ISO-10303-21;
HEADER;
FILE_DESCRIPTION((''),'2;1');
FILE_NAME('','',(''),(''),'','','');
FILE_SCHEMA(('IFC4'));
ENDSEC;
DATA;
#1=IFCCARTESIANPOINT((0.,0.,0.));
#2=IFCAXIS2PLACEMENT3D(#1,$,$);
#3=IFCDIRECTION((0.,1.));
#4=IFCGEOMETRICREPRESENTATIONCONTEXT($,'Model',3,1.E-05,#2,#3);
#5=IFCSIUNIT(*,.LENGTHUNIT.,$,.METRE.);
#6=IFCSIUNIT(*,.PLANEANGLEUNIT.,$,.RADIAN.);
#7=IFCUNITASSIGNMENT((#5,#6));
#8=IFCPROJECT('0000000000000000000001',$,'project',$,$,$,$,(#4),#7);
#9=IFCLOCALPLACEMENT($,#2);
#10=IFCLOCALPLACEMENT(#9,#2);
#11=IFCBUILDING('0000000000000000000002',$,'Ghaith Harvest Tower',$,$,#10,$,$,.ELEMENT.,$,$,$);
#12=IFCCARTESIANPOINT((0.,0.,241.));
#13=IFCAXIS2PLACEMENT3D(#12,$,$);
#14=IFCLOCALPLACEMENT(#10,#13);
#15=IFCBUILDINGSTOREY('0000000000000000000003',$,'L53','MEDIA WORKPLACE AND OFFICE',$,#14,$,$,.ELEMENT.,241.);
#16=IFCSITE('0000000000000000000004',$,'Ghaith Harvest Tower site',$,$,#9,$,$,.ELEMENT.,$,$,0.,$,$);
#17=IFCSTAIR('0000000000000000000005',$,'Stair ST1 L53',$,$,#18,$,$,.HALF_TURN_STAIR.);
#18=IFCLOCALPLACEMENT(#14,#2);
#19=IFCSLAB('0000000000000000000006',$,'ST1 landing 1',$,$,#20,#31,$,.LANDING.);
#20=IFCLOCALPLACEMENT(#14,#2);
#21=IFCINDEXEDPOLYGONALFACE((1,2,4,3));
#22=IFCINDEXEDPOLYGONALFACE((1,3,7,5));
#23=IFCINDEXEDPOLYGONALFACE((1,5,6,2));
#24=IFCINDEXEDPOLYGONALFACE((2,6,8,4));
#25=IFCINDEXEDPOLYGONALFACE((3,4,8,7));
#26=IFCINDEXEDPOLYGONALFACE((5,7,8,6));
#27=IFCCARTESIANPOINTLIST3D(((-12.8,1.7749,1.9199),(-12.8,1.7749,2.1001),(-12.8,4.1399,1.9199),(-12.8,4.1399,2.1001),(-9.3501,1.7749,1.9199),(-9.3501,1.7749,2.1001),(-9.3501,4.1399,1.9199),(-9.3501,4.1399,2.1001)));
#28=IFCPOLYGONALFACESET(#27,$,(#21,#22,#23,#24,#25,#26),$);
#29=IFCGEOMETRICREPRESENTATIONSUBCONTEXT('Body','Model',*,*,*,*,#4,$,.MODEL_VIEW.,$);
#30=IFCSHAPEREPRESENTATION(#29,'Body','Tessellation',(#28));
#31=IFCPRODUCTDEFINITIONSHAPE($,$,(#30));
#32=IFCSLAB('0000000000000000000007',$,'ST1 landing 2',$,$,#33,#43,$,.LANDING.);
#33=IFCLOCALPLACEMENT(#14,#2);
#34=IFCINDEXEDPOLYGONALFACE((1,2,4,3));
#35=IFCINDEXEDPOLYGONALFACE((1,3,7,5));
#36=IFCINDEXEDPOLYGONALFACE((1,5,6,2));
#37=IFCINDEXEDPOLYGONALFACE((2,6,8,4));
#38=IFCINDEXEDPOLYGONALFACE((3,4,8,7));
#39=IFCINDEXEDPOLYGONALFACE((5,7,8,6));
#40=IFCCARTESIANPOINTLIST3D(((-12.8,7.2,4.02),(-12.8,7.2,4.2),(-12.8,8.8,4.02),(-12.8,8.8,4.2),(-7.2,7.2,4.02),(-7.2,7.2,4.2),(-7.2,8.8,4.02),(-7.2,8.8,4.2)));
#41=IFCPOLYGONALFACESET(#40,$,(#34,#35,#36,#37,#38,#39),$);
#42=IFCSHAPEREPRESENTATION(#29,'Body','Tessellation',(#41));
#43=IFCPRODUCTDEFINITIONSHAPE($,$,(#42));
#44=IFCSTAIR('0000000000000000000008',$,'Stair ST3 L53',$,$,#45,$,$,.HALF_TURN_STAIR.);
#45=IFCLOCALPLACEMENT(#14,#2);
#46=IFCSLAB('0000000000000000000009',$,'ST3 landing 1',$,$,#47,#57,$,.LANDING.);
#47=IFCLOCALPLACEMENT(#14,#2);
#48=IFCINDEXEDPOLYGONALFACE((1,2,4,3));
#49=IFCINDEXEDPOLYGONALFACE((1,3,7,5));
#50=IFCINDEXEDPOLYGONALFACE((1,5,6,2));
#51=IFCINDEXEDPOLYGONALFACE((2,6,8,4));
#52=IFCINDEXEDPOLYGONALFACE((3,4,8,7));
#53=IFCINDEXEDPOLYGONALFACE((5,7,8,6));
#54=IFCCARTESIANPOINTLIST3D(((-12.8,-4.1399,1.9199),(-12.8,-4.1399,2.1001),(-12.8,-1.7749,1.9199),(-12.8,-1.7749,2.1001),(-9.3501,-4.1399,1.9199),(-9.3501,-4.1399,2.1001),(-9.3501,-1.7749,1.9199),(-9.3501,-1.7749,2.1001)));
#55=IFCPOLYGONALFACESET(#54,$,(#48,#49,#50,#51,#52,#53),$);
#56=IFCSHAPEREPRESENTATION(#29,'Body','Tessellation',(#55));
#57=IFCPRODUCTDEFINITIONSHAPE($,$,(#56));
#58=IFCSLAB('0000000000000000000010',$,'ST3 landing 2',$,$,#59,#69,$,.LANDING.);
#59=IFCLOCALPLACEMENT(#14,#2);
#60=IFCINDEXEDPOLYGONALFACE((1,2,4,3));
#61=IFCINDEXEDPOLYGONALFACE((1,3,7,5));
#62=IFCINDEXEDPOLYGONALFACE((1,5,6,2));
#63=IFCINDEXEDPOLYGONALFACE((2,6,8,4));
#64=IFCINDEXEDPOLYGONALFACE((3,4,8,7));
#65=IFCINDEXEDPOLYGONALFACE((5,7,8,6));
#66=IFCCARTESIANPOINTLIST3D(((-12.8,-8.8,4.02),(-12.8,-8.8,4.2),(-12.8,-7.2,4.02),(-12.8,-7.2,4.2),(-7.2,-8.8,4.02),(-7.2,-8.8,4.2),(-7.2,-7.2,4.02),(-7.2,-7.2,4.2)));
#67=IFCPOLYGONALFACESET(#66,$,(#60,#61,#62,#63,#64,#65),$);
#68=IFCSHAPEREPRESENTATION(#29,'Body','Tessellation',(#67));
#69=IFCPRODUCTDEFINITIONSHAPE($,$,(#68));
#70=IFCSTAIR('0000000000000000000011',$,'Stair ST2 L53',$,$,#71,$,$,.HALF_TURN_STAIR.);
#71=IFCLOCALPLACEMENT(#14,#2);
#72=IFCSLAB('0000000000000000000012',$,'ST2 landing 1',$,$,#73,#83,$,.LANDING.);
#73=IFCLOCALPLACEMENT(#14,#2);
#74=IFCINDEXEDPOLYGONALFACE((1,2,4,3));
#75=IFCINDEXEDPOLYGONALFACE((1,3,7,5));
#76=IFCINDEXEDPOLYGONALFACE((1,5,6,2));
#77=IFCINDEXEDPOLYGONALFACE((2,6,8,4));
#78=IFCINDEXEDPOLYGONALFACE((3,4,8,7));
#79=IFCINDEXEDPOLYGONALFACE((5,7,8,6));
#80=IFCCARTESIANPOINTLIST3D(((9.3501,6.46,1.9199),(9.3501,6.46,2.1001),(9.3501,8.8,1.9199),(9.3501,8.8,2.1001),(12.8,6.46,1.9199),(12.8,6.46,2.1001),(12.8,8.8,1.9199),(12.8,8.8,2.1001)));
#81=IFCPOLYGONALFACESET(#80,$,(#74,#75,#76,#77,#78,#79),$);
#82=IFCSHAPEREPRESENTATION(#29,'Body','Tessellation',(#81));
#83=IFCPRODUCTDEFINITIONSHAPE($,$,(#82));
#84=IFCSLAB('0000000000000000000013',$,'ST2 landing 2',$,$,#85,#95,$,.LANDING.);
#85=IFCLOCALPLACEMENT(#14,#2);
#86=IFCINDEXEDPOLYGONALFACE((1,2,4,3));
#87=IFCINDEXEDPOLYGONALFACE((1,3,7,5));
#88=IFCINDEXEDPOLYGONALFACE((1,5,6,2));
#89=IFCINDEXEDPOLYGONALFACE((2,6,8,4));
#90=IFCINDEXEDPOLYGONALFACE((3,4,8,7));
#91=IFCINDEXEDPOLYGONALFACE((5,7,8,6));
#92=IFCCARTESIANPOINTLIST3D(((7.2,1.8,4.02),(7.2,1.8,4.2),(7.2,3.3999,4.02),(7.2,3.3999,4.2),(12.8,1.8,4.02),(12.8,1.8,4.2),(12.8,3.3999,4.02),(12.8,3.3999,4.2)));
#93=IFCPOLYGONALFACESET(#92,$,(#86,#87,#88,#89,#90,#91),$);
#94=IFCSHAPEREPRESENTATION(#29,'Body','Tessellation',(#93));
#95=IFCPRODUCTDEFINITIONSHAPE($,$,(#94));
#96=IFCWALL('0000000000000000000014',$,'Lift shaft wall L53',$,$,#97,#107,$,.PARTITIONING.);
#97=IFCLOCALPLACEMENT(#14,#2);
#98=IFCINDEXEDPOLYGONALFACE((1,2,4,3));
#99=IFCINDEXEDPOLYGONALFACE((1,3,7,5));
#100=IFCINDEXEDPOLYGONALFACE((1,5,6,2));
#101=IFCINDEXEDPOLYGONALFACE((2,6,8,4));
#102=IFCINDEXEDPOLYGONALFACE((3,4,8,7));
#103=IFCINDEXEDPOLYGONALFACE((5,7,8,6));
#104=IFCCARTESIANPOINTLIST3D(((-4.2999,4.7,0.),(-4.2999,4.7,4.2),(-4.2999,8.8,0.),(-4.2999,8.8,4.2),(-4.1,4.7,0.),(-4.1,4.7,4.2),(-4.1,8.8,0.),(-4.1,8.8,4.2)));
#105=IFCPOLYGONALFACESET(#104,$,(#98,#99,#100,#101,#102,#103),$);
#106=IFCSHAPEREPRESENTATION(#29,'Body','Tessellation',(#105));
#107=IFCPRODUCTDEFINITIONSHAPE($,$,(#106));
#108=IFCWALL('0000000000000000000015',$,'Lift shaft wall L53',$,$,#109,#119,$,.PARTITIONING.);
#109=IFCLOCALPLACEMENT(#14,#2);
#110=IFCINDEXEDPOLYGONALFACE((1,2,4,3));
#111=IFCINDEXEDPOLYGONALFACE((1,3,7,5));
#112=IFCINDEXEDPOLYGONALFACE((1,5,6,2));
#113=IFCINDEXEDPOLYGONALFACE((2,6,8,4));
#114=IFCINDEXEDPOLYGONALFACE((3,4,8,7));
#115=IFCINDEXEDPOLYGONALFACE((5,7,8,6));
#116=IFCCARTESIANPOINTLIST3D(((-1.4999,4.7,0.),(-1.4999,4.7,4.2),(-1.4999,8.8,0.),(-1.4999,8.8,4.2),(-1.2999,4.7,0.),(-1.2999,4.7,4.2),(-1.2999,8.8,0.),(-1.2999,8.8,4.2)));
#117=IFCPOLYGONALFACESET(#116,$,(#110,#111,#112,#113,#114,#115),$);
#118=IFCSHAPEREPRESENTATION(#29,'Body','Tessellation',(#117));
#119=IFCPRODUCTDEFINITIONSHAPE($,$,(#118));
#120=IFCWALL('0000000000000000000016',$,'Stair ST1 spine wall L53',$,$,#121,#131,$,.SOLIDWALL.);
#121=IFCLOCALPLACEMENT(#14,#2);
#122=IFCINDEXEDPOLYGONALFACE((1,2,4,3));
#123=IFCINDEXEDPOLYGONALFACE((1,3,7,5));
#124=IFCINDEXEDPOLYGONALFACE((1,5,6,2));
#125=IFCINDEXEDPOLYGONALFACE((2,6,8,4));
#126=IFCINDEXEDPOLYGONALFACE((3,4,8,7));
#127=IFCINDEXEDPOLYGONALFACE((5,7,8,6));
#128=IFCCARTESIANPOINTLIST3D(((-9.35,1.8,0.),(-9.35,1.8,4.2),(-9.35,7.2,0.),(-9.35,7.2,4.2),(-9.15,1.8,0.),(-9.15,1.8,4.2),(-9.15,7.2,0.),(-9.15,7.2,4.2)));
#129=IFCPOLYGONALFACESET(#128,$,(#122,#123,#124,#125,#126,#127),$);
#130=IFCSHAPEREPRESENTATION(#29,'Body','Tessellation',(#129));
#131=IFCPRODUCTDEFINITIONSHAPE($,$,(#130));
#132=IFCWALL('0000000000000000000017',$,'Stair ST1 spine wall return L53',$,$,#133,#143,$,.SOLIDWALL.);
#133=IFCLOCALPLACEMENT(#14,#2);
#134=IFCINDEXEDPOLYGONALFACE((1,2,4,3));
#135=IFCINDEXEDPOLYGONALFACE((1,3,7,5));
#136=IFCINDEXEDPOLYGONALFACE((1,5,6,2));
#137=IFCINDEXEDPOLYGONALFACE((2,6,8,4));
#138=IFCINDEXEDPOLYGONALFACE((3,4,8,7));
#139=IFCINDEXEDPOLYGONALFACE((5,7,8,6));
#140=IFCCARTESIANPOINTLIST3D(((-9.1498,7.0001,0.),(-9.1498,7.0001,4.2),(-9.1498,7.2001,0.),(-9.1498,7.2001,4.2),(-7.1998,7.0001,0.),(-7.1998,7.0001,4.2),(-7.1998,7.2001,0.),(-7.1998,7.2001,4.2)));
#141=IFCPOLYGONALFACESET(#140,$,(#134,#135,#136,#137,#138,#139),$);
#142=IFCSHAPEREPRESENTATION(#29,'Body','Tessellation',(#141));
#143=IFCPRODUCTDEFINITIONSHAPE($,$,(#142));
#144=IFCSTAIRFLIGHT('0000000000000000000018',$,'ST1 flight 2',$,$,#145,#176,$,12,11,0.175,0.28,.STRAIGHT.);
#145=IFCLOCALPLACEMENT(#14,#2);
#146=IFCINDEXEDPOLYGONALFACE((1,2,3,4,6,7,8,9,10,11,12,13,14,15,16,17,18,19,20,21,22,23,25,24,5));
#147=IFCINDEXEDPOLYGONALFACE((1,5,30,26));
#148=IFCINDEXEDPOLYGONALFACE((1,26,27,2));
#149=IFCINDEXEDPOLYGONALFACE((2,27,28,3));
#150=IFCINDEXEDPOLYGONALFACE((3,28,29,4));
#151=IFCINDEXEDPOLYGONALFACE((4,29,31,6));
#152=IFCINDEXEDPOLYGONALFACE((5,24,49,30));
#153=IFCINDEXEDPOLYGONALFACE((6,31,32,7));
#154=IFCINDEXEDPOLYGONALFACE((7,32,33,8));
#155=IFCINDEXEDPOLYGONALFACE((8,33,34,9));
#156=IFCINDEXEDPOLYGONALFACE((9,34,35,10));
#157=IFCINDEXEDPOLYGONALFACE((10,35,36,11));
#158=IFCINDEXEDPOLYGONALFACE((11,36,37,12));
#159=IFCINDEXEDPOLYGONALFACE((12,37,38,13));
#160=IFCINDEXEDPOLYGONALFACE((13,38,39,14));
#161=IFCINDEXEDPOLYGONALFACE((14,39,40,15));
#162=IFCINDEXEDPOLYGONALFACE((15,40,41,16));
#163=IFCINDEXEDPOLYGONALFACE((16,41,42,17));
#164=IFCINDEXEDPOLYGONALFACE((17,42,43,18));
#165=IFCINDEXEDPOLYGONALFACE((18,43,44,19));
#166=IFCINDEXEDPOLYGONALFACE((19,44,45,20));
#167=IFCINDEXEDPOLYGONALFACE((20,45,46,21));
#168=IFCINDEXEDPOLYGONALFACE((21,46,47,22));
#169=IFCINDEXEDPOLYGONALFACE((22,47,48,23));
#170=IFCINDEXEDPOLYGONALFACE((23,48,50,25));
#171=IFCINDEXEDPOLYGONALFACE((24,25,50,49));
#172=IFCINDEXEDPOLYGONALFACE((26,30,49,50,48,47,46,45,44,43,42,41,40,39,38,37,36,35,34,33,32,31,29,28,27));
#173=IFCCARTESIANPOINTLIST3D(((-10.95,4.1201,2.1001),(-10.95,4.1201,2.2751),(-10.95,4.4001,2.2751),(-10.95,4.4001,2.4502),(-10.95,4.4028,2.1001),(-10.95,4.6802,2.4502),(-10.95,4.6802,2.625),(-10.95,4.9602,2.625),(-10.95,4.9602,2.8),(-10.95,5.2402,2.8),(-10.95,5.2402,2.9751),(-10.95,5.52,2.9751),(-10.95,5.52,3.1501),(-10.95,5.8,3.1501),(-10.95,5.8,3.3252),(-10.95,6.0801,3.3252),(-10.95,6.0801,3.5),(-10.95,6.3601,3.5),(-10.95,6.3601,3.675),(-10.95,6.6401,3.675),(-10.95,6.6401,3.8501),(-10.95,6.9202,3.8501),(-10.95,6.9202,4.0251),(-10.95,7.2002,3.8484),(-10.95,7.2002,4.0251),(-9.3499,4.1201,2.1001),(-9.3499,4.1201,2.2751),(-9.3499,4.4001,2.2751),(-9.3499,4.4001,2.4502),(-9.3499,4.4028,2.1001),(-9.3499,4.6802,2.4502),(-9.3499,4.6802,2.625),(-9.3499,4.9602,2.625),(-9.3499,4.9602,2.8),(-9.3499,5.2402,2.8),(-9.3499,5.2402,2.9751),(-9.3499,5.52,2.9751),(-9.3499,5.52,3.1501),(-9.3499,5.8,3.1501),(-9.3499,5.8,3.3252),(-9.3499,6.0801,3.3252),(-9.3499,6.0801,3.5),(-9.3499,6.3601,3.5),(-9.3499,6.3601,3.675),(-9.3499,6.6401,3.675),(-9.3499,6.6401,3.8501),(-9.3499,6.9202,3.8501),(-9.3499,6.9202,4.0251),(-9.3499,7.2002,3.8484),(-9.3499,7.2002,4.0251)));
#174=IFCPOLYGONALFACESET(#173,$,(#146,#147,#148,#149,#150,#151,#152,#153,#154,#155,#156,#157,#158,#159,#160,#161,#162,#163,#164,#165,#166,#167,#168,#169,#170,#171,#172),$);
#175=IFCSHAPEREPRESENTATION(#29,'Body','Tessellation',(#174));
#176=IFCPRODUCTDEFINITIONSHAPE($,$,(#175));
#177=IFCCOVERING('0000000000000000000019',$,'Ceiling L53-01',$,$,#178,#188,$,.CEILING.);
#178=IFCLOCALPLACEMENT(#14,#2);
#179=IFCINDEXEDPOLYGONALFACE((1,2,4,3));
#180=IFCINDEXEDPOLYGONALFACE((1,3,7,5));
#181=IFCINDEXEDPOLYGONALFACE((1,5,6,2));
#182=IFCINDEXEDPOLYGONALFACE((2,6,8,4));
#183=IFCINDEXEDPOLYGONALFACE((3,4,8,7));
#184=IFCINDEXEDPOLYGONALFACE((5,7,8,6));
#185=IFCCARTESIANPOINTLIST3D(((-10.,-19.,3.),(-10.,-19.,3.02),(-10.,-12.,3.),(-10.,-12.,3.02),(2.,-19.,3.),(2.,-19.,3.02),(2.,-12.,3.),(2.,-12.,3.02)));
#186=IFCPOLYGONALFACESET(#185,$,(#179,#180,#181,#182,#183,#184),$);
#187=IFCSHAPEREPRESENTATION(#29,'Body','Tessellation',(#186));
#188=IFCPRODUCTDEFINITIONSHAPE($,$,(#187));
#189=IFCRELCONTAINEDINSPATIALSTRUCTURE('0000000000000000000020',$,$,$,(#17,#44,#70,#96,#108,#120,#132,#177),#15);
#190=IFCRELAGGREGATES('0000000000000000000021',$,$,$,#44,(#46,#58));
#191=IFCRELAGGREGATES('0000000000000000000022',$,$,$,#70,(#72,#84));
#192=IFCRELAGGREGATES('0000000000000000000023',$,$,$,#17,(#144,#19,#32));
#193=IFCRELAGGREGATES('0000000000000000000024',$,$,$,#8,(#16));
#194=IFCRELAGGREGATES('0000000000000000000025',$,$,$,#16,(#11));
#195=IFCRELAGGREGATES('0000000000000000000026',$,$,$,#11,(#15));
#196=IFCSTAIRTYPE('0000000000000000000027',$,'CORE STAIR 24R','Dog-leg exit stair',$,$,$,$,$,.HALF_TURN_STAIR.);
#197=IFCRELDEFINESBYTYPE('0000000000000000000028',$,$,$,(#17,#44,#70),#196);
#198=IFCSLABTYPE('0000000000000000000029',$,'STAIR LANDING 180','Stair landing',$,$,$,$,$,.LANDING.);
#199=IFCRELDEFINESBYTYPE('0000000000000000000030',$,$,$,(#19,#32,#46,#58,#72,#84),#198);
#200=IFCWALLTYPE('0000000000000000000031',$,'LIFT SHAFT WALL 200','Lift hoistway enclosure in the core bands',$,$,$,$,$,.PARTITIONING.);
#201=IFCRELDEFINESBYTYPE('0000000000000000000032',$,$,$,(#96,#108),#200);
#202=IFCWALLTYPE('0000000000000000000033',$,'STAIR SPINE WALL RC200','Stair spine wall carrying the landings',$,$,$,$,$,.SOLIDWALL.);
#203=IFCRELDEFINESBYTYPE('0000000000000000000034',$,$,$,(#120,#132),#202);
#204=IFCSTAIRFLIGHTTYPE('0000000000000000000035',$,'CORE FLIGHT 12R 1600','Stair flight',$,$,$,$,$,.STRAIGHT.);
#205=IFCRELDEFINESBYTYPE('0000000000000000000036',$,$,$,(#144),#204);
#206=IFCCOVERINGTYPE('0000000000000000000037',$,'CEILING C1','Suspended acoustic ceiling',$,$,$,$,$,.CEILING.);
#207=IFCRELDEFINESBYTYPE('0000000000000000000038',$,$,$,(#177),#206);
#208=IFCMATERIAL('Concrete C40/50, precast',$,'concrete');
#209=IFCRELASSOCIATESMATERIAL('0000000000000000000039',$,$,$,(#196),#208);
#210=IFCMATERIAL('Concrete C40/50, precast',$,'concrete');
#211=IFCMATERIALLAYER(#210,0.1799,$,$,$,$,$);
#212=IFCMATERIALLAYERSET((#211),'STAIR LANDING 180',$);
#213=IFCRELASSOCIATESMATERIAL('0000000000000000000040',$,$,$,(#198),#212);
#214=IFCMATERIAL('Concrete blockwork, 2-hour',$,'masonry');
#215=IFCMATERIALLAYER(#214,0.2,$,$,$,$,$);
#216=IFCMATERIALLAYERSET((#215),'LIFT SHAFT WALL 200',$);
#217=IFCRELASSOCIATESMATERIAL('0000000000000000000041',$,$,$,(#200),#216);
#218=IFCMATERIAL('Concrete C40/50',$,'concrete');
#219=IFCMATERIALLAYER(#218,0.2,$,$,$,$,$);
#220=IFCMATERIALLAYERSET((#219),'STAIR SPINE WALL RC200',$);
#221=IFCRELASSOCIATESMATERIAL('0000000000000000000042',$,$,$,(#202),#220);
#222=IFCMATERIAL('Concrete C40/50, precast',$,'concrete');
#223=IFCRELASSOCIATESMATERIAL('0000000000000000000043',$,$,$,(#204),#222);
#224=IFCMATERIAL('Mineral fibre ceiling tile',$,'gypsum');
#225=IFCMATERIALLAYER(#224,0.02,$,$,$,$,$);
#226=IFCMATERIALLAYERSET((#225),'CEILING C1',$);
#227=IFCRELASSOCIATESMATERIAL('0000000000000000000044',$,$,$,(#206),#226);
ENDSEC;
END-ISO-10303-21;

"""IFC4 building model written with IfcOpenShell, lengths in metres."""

from ifc_helpers import new_model, si_unit, direction, frame, frame_2d, origin, place, context, subcontext, project, spatial, polyline, rectangle, outline, extrude, material, layer, layer_set, type_object, element, aggregate, save


model = new_model("IFC4")

# Units and contexts
model_context = context("Model", 3, precision=1e-05, world=origin(), true_north=direction((0.0, 1.0)))
body_context = subcontext(model_context, "Body", "Model", "MODEL_VIEW")
ifc_project = project(units=[si_unit("LENGTHUNIT", "METRE"), si_unit("PLANEANGLEUNIT", "RADIAN")], contexts=[model_context])

# Site, building, storey
site_placement = place(None, origin())
site = spatial("IfcSite", under=ifc_project, at=site_placement, Name="Ghaith Harvest Tower site", CompositionType="ELEMENT", RefElevation=0.0)
building_placement = place(site_placement, origin())
building = spatial("IfcBuilding", under=site, at=building_placement, Name="Ghaith Harvest Tower", CompositionType="ELEMENT")
storey_placement = place(building_placement, frame((0.0, 0.0, 241.0)))
storey = spatial("IfcBuildingStorey", under=building, at=storey_placement, Name="L53", Description="MEDIA WORKPLACE AND OFFICE", CompositionType="ELEMENT", Elevation=241.0)

# Stairs, slabs
ifc_material_1 = material(Name="Concrete C40/50, precast", Category="concrete")
stair_type = type_object("IfcStairType", Name="CORE STAIR 24R", Description="Dog-leg exit stair", PredefinedType="HALF_TURN_STAIR", material=ifc_material_1)
stair_1_placement = place(storey_placement, origin())
stair_1 = element("IfcStair", 1, at=stair_1_placement, inside=storey, type_object=stair_type, Name="Stair ST1 L53", PredefinedType="HALF_TURN_STAIR")
ifc_material_2 = material(Name="Concrete C40/50, precast", Category="concrete")
ifc_layer_1 = layer(ifc_material_2, 0.1799)
ifc_layer_set_1 = layer_set([ifc_layer_1], Name="STAIR LANDING 180")
slab_type_1 = type_object("IfcSlabType", Name="STAIR LANDING 180", Description="Stair landing", PredefinedType="LANDING", material=ifc_layer_set_1)
slab_1_placement = place(storey_placement, frame((0.0, 0.0, 1.9199)))
slab_1 = element("IfcSlab", 2, at=slab_1_placement, type_object=slab_type_1, Name="ST1 landing 1", PredefinedType="LANDING", context=body_context, shape_type="SweptSolid", body=[
    extrude(outline(polyline([(-12.8, 4.1399), (-12.8, 1.7749), (-9.3501, 1.7749), (-9.3501, 4.1399), (-12.8, 4.1399)])), origin(), (0.0, 0.0, 1.0), 0.1802),
])
slab_2_placement = place(storey_placement, frame((0.0, 0.0, 4.02)))
slab_2 = element("IfcSlab", 3, at=slab_2_placement, type_object=slab_type_1, Name="ST1 landing 2", PredefinedType="LANDING", context=body_context, shape_type="SweptSolid", body=[
    extrude(outline(polyline([(-12.8, 8.8), (-12.8, 7.2), (-7.2, 7.2), (-7.2, 8.8), (-12.8, 8.8)])), origin(), (0.0, 0.0, 1.0), 0.1799),
])
stair_2_placement = place(storey_placement, origin())
stair_2 = element("IfcStair", 4, at=stair_2_placement, inside=storey, type_object=stair_type, Name="Stair ST3 L53", PredefinedType="HALF_TURN_STAIR")
slab_3_placement = place(storey_placement, frame((0.0, 0.0, 1.9199)))
slab_3 = element("IfcSlab", 5, at=slab_3_placement, type_object=slab_type_1, Name="ST3 landing 1", PredefinedType="LANDING", context=body_context, shape_type="SweptSolid", body=[
    extrude(outline(polyline([(-12.8, -4.1399), (-12.8, -1.7749), (-9.3501, -1.7749), (-9.3501, -4.1399), (-12.8, -4.1399)])), origin(), (0.0, 0.0, 1.0), 0.1802),
])
slab_4_placement = place(storey_placement, frame((0.0, 0.0, 4.02)))
slab_4 = element("IfcSlab", 6, at=slab_4_placement, type_object=slab_type_1, Name="ST3 landing 2", PredefinedType="LANDING", context=body_context, shape_type="SweptSolid", body=[
    extrude(outline(polyline([(-12.8, -8.8), (-12.8, -7.2), (-7.2, -7.2), (-7.2, -8.8), (-12.8, -8.8)])), origin(), (0.0, 0.0, 1.0), 0.1799),
])
aggregate(stair_2, [slab_3, slab_4])
stair_3_placement = place(storey_placement, origin())
stair_3 = element("IfcStair", 7, at=stair_3_placement, inside=storey, type_object=stair_type, Name="Stair ST2 L53", PredefinedType="HALF_TURN_STAIR")
slab_5_placement = place(storey_placement, frame((0.0, 0.0, 1.9199)))
slab_5 = element("IfcSlab", 8, at=slab_5_placement, type_object=slab_type_1, Name="ST2 landing 1", PredefinedType="LANDING", context=body_context, shape_type="SweptSolid", body=[
    extrude(outline(polyline([(12.8, 6.46), (12.8, 8.8), (9.3501, 8.8), (9.3501, 6.46), (12.8, 6.46)])), origin(), (0.0, 0.0, 1.0), 0.1802),
])
slab_6_placement = place(storey_placement, frame((0.0, 0.0, 4.02)))
slab_6 = element("IfcSlab", 9, at=slab_6_placement, type_object=slab_type_1, Name="ST2 landing 2", PredefinedType="LANDING", context=body_context, shape_type="SweptSolid", body=[
    extrude(outline(polyline([(12.8, 1.8), (12.8, 3.3999), (7.2, 3.3999), (7.2, 1.8), (12.8, 1.8)])), origin(), (0.0, 0.0, 1.0), 0.1799),
])
aggregate(stair_3, [slab_5, slab_6])

# Walls
ifc_material_3 = material(Name="Concrete blockwork, 2-hour", Category="masonry")
ifc_layer_2 = layer(ifc_material_3, 0.2)
ifc_layer_set_2 = layer_set([ifc_layer_2], Name="LIFT SHAFT WALL 200")
wall_type_1 = type_object("IfcWallType", Name="LIFT SHAFT WALL 200", Description="Lift hoistway enclosure in the core bands", PredefinedType="PARTITIONING", material=ifc_layer_set_2)
for number, where, z_axis, x_axis, name in (
    (10, (-4.2, 4.7, 0.0), (0.0, 0.0, 1.0), (0.0, 1.0, 0.0), "Lift shaft wall L53"),
    (11, (-1.3999, 4.7, 0.0), (0.0, 0.0, 1.0), (0.0, 1.0, 0.0), "Lift shaft wall L53"),
):
    element("IfcWall", number, at=place(storey_placement, frame(where, z_axis=z_axis, x_axis=x_axis)), inside=storey, type_object=wall_type_1, Name=name, PredefinedType="PARTITIONING", context=body_context, shape_type="SweptSolid", body=[
        extrude(rectangle(XDim=4.1001, YDim=0.2, at=frame_2d((2.05, 0.0))), origin(), (0.0, 0.0, 1.0), 4.2),
    ])

# Walls
ifc_material_4 = material(Name="Concrete C40/50", Category="concrete")
ifc_layer_3 = layer(ifc_material_4, 0.2)
ifc_layer_set_3 = layer_set([ifc_layer_3], Name="STAIR SPINE WALL RC200")
wall_type_2 = type_object("IfcWallType", Name="STAIR SPINE WALL RC200", Description="Stair spine wall carrying the landings", PredefinedType="SOLIDWALL", material=ifc_layer_set_3)
wall_1_placement = place(storey_placement, frame((-9.25, 7.2, 0.0), z_axis=(0.0, 0.0, 1.0), x_axis=(0.0, -1.0, 0.0)))
element("IfcWall", 12, at=wall_1_placement, inside=storey, type_object=wall_type_2, Name="Stair ST1 spine wall L53", PredefinedType="SOLIDWALL", context=body_context, shape_type="SweptSolid", body=[
    extrude(rectangle(XDim=5.3999, YDim=0.2, at=frame_2d((2.7, 0.0))), origin(), (0.0, 0.0, 1.0), 4.2),
])
wall_2_placement = place(storey_placement, frame((-9.1499, 7.1001, 0.0), z_axis=(0.0, 0.0, 1.0), x_axis=(1.0, 0.0, 0.0)))
element("IfcWall", 13, at=wall_2_placement, inside=storey, type_object=wall_type_2, Name="Stair ST1 spine wall return L53", PredefinedType="SOLIDWALL", context=body_context, shape_type="SweptSolid", body=[
    extrude(rectangle(XDim=1.95, YDim=0.2, at=frame_2d((0.9751, 0.0))), origin(), (0.0, 0.0, 1.0), 4.2),
])

# Stair flight
ifc_material_5 = material(Name="Concrete C40/50, precast", Category="concrete")
stair_flight_type = type_object("IfcStairFlightType", Name="CORE FLIGHT 12R 1600", Description="Stair flight", PredefinedType="STRAIGHT", material=ifc_material_5)
stair_flight_placement = place(storey_placement, frame((-10.1499, 4.1201, 2.1001), z_axis=(0.0, 0.0, 1.0), x_axis=(0.0, 1.0, 0.0)))
stair_flight = element("IfcStairFlight", 14, at=stair_flight_placement, type_object=stair_flight_type, Name="ST1 flight 2", NumberOfRisers=12, NumberOfTreads=11, PredefinedType="STRAIGHT", RiserHeight=0.175, TreadLength=0.28, context=body_context, shape_type="SweptSolid", body=[
    extrude(outline(polyline([(0.0, 0.0), (0.0, 0.175), (0.28, 0.175), (0.28, 0.3501), (0.5601, 0.3501), (0.5601, 0.5249), (0.8401, 0.5249), (0.8401, 0.7), (1.1201, 0.7), (1.1201, 0.875), (1.3999, 0.875), (1.3999, 1.05), (1.6799, 1.05), (1.6799, 1.2251), (1.96, 1.2251), (1.96, 1.3999), (2.24, 1.3999), (2.24, 1.575), (2.52, 1.575), (2.52, 1.75), (2.8, 1.75), (2.8, 1.925), (3.0801, 1.925), (3.0801, 2.1001), (3.0801, 1.7483), (0.2827, 0.0), (0.0, 0.0)])), frame((0.0, 0.8, 0.0), z_axis=(0.0, -1.0, 0.0), x_axis=(1.0, 0.0, 0.0)), (0.0, 0.0, 1.0), 1.6001),
])
aggregate(stair_1, [stair_flight, slab_1, slab_2])

# Covering
ifc_material_6 = material(Name="Mineral fibre ceiling tile", Category="gypsum")
ifc_layer_4 = layer(ifc_material_6, 0.02)
ifc_layer_set_4 = layer_set([ifc_layer_4], Name="CEILING C1")
covering_type = type_object("IfcCoveringType", Name="CEILING C1", Description="Suspended acoustic ceiling", PredefinedType="CEILING", material=ifc_layer_set_4)
covering_1_placement = place(storey_placement, frame((0.0, 0.0, 3.0)))
element("IfcCovering", 15, at=covering_1_placement, inside=storey, type_object=covering_type, Name="Ceiling L53-01", PredefinedType="CEILING", context=body_context, shape_type="SweptSolid", body=[
    extrude(outline(polyline([(-10.0, -19.0), (2.0, -19.0), (2.0, -12.0), (-10.0, -12.0), (-10.0, -19.0)])), origin(), (0.0, 0.0, 1.0), 0.02),
])

save(model, "model.ifc")
